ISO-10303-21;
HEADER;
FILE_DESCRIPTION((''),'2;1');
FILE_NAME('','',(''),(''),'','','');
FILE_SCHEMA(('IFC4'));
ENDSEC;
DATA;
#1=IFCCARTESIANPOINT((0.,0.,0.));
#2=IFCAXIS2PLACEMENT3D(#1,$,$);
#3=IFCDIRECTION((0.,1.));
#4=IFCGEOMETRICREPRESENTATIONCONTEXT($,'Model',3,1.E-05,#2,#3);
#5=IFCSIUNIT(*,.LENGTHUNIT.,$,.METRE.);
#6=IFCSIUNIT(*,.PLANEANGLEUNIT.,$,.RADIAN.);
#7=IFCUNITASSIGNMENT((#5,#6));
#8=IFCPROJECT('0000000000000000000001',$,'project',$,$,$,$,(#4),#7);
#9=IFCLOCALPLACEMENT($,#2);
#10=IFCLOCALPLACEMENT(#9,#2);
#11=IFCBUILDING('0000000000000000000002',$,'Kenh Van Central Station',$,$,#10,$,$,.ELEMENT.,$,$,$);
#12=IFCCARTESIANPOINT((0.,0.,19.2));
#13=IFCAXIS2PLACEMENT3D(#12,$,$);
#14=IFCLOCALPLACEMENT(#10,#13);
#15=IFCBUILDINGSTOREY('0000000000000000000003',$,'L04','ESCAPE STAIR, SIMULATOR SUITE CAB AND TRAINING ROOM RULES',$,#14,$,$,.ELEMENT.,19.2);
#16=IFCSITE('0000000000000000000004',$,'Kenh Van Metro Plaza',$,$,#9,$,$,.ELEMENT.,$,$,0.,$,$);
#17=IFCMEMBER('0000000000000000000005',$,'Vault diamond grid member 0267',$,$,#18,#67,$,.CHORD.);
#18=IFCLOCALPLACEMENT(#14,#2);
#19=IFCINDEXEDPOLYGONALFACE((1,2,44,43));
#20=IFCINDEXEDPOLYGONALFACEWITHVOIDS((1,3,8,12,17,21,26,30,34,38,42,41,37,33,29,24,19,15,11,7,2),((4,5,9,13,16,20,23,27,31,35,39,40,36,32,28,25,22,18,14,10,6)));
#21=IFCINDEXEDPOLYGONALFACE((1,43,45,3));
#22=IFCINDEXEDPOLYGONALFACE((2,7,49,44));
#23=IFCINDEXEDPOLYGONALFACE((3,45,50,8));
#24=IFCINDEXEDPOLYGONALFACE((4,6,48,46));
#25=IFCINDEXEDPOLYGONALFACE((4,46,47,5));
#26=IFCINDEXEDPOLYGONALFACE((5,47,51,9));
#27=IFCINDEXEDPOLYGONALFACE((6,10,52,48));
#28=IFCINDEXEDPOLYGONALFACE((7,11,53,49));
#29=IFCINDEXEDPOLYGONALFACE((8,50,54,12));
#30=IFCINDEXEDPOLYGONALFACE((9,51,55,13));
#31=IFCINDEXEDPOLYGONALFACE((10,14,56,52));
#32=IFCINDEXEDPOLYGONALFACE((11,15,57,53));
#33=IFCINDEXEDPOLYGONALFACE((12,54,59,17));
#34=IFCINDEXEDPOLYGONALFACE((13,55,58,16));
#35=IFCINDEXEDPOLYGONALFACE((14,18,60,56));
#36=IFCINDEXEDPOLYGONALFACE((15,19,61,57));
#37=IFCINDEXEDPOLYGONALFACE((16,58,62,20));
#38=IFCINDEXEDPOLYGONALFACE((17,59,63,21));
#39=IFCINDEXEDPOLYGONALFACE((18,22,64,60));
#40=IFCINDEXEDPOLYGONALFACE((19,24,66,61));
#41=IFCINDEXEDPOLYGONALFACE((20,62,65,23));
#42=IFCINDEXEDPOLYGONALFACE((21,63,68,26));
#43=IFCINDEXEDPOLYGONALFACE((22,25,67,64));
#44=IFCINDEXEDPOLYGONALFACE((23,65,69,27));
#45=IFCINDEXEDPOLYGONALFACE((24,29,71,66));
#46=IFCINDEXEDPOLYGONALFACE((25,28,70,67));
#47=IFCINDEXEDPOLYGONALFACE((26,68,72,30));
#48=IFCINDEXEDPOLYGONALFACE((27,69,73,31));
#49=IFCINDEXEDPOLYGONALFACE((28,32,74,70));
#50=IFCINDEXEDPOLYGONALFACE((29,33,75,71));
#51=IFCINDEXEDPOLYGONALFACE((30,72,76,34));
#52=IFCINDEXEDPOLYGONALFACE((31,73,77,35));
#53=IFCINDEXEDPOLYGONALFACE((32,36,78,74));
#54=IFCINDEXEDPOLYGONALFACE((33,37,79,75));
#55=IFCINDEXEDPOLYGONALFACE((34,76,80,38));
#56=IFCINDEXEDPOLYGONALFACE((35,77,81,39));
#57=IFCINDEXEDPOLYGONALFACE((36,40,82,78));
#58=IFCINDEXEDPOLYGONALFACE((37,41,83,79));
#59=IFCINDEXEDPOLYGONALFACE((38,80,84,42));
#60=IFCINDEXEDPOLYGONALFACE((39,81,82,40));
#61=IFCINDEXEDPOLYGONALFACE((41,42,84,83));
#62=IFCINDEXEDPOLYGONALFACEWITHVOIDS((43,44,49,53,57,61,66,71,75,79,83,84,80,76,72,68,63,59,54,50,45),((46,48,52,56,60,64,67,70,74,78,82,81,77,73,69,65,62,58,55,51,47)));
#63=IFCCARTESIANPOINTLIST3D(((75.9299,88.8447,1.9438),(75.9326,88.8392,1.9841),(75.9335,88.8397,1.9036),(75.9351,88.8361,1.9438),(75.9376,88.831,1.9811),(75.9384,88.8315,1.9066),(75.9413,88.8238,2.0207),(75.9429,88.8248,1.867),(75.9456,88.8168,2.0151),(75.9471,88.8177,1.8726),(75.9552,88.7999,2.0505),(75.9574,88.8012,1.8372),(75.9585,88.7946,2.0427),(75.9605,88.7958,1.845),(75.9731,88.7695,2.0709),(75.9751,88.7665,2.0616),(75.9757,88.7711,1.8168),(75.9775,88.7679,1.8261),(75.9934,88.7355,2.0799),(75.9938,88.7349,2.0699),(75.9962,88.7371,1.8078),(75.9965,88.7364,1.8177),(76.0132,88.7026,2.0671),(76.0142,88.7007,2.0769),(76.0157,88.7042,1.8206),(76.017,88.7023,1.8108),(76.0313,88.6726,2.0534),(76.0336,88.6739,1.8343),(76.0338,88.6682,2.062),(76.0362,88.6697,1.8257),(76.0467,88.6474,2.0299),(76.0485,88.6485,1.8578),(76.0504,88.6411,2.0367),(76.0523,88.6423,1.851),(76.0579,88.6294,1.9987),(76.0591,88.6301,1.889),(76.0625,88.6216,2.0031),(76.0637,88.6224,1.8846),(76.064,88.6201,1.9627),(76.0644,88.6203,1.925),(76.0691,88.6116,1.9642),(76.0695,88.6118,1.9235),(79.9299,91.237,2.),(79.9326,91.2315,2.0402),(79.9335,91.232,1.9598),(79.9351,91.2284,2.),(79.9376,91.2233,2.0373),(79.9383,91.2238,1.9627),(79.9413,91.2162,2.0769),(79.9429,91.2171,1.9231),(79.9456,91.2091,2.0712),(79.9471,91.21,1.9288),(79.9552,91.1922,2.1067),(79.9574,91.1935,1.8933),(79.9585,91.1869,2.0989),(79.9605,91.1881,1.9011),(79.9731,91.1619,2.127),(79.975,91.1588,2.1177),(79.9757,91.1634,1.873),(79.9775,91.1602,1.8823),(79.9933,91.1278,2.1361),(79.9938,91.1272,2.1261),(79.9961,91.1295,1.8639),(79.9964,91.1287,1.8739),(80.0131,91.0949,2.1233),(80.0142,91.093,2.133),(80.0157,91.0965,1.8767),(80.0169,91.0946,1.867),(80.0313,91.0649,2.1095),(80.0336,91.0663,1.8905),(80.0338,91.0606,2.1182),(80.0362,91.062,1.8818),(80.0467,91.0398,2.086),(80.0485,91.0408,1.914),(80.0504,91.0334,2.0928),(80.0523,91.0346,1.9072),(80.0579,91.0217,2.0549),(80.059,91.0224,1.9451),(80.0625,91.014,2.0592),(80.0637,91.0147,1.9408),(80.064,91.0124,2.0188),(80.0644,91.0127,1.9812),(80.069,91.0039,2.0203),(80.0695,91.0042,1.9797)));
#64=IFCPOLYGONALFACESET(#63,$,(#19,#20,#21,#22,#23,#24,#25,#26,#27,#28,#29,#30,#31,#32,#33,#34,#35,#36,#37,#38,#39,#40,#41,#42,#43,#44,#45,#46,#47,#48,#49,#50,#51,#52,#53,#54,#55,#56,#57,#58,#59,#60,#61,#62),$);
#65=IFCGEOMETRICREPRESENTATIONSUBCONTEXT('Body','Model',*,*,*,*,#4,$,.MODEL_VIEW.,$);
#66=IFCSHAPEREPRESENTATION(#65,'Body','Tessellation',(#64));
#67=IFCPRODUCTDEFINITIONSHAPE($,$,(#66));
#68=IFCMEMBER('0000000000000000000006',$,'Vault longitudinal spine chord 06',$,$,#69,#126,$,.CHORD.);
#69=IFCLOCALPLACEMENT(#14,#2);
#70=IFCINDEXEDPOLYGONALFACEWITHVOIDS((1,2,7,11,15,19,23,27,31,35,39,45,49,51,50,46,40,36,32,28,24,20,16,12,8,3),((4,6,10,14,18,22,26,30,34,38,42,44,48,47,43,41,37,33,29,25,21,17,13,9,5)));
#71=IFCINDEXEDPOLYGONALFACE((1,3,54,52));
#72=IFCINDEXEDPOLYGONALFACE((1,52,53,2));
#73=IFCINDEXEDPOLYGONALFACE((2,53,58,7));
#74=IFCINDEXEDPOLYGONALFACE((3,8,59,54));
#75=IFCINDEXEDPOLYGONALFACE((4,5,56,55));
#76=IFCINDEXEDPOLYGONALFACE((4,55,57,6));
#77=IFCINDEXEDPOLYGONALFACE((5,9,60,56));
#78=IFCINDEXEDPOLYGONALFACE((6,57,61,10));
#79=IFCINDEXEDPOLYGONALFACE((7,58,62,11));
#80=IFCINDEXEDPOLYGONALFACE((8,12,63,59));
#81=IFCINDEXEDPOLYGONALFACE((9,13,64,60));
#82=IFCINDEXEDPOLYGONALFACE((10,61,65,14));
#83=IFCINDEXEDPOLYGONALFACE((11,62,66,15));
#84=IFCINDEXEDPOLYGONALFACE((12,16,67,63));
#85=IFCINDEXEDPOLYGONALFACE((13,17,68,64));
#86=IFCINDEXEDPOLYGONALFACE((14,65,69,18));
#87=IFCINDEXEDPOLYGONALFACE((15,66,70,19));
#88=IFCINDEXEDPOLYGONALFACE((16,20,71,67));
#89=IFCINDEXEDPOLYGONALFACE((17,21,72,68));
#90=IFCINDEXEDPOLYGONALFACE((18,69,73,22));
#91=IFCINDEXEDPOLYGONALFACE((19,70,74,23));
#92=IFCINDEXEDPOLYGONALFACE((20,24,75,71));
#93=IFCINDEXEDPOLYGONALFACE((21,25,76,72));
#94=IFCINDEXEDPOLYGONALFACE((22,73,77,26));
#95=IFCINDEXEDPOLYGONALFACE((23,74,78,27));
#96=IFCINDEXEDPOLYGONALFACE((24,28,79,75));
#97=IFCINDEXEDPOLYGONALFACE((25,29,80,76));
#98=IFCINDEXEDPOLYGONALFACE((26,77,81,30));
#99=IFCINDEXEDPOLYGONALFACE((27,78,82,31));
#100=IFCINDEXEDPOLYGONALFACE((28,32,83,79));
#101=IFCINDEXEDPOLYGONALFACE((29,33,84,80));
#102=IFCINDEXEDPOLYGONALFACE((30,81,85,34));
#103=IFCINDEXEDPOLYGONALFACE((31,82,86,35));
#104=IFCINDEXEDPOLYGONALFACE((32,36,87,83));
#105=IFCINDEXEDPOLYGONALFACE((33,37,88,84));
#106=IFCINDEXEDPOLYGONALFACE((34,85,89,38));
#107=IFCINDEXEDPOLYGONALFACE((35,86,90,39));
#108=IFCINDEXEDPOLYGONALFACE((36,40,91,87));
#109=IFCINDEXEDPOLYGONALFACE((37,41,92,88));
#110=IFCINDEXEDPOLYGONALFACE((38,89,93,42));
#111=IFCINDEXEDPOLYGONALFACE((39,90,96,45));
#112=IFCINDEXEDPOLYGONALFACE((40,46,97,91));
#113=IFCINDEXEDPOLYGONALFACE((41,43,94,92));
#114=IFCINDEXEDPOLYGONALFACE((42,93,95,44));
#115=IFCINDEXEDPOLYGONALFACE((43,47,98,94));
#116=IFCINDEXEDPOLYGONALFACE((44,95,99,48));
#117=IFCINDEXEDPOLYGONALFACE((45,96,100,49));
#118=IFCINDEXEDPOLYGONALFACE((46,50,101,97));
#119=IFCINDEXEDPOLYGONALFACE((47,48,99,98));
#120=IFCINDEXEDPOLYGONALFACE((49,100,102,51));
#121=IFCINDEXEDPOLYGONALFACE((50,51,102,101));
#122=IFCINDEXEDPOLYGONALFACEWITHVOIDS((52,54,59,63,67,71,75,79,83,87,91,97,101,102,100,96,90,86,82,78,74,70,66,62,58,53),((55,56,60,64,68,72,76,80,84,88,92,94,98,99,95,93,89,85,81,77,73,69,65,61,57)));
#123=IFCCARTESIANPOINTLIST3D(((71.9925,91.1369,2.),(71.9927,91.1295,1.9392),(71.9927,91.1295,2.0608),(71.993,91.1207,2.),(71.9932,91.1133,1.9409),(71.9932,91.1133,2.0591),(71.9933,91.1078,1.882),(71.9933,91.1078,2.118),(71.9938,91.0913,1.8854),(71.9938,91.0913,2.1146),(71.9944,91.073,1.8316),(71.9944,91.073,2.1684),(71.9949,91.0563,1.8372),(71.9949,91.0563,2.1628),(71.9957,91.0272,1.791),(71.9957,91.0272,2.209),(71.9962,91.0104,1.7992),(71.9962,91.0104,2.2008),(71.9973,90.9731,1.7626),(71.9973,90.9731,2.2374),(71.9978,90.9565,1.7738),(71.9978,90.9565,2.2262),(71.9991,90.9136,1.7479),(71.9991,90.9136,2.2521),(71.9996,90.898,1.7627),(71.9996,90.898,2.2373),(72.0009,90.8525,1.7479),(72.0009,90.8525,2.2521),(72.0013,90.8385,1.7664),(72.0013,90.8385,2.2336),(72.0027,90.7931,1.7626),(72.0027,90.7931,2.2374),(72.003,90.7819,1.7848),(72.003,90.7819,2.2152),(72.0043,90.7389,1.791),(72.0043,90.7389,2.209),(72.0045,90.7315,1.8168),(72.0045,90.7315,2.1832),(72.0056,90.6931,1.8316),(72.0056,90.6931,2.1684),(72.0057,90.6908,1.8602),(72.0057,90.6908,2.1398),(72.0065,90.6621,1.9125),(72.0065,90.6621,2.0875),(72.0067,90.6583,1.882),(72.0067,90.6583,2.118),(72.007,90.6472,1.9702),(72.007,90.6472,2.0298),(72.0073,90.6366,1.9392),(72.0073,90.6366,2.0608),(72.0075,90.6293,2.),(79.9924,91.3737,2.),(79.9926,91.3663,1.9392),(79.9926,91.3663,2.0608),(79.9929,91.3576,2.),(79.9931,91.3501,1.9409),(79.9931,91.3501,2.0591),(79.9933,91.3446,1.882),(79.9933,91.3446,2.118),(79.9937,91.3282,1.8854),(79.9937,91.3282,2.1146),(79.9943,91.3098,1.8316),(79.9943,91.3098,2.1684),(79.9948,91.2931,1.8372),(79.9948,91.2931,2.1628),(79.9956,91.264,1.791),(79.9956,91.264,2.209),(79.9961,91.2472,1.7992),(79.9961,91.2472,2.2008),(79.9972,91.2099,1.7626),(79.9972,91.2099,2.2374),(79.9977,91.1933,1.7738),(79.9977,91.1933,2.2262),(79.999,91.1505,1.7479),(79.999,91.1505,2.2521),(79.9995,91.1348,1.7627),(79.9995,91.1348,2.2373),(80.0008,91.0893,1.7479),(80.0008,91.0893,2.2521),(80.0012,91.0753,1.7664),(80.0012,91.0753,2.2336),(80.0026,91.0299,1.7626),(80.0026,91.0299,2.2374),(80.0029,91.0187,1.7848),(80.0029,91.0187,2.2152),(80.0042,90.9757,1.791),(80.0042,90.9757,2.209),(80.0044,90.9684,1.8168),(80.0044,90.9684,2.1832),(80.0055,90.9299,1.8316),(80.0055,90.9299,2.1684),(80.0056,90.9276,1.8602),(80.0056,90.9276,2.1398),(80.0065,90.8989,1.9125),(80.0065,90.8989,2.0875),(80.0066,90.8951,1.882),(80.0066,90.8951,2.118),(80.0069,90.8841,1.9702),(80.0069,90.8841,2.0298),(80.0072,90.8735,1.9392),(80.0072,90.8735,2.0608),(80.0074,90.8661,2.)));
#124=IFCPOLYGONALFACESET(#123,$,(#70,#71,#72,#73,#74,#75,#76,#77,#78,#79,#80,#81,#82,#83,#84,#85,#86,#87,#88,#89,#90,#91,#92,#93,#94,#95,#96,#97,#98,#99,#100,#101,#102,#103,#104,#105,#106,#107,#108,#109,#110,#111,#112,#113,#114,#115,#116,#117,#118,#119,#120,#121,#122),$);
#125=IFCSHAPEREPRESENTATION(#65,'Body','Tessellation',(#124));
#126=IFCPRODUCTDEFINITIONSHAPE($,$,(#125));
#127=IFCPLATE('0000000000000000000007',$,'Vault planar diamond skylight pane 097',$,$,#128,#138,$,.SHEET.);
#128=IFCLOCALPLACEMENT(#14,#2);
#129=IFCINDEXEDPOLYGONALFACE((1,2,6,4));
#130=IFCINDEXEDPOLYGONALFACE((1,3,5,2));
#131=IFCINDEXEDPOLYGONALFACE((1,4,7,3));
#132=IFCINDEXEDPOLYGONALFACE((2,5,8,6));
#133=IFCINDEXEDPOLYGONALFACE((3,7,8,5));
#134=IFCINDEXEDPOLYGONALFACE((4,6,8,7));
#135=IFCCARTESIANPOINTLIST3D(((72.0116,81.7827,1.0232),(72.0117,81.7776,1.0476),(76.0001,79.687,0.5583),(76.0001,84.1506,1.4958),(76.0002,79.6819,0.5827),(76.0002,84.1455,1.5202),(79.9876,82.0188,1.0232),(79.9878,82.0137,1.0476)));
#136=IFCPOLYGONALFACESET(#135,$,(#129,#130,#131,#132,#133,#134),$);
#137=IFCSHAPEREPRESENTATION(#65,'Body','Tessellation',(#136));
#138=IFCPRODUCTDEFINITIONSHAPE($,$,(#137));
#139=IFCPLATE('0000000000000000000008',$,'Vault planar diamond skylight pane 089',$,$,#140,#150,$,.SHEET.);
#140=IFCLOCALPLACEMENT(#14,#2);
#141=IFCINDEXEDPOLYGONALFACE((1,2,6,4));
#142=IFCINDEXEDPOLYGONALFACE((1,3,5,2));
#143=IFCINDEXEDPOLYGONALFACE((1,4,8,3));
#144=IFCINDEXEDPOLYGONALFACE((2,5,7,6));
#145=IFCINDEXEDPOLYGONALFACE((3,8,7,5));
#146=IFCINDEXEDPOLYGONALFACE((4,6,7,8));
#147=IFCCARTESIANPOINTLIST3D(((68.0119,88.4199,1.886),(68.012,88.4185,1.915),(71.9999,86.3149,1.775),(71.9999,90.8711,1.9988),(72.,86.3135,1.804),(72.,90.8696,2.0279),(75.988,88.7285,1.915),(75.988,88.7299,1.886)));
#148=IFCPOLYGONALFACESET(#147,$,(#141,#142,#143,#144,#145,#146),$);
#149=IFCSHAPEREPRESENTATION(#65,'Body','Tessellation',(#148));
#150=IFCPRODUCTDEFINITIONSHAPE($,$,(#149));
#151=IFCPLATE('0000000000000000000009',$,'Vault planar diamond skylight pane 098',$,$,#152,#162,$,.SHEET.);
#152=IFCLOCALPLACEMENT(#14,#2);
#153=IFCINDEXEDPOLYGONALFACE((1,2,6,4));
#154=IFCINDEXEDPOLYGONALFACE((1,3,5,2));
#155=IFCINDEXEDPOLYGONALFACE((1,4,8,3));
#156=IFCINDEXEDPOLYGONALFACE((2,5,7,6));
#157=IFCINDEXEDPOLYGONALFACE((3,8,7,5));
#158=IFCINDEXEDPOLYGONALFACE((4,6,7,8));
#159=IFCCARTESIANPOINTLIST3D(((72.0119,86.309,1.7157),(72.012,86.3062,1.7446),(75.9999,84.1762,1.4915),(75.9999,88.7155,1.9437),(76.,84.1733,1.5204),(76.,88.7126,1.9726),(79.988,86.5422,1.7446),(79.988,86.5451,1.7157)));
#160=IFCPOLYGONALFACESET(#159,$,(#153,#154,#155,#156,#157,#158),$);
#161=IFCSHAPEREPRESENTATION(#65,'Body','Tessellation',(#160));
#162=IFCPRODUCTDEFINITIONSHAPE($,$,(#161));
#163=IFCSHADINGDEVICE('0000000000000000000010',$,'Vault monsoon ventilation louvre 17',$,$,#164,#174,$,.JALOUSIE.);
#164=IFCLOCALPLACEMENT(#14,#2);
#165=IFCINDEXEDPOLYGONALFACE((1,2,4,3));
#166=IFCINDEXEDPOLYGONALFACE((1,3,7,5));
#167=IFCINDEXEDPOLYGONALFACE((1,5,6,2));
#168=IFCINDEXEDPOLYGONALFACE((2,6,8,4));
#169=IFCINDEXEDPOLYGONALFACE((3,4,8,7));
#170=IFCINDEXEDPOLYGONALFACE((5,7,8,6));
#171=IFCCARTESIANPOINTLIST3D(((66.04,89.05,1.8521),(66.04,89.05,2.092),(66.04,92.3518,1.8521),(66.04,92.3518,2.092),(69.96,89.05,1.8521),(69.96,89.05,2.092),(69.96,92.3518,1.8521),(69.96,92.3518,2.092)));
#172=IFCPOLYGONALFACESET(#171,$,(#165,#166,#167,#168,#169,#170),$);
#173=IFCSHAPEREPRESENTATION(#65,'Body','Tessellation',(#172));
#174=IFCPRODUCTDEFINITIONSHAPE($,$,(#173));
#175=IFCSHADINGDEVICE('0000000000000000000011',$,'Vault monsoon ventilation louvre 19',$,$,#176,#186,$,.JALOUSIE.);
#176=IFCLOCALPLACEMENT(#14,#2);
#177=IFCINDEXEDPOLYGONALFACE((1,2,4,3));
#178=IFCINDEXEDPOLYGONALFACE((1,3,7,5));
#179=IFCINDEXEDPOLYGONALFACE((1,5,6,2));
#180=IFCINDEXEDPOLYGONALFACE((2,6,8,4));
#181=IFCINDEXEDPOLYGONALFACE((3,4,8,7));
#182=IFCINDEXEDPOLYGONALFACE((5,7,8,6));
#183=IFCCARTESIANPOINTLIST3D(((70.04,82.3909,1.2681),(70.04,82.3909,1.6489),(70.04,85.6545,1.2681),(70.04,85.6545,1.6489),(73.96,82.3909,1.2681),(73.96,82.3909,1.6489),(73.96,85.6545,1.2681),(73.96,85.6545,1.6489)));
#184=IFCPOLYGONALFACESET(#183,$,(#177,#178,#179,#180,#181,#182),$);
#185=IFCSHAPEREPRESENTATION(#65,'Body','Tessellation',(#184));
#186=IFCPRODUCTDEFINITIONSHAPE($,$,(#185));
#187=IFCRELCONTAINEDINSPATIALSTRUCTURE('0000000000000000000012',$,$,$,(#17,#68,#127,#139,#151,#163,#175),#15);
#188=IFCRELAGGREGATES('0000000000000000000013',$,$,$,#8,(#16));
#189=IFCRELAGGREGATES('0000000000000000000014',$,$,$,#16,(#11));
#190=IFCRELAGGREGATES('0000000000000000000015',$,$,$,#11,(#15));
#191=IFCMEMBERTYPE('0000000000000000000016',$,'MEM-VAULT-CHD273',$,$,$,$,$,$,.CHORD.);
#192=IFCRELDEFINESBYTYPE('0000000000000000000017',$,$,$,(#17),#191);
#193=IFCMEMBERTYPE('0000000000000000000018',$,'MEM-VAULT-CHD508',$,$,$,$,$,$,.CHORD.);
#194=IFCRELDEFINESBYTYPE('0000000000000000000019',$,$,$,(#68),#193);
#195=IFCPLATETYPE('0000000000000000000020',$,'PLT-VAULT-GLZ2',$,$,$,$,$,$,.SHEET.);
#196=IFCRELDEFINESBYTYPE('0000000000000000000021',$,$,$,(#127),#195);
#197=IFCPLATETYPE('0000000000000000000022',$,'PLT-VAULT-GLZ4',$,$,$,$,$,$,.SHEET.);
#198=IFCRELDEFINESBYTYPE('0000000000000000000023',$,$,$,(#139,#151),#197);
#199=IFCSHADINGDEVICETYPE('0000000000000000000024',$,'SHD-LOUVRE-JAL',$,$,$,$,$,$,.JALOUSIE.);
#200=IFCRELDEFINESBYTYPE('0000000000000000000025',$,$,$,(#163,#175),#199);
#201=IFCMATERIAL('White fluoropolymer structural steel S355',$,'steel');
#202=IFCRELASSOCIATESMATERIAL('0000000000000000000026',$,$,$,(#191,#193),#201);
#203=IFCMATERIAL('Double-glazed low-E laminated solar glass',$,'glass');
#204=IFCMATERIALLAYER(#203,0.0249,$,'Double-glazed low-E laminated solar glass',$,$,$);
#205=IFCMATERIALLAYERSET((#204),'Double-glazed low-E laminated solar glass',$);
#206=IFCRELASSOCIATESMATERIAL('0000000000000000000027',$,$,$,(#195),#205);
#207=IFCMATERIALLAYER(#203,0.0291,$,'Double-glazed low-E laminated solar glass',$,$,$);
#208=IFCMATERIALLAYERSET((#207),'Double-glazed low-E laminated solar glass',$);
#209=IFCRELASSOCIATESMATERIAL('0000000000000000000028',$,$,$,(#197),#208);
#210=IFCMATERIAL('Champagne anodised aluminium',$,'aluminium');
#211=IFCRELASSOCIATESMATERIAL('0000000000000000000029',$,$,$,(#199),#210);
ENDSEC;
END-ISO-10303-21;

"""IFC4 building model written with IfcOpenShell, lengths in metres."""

from ifc_helpers import new_model, si_unit, direction, frame, origin, origin_2d, place, context, subcontext, project, spatial, polyline, rectangle, hollow_circle, outline, extrude, material, layer, layer_set, material_profile, profile_set, type_object, element, save


model = new_model("IFC4")

# Units and contexts
model_context = context("Model", 3, precision=1e-05, world=origin(), true_north=direction((0.0, 1.0)))
body_context = subcontext(model_context, "Body", "Model", "MODEL_VIEW")
ifc_project = project(units=[si_unit("LENGTHUNIT", "METRE"), si_unit("PLANEANGLEUNIT", "RADIAN")], contexts=[model_context])

# Site, building, storey
site_placement = place(None, origin())
site = spatial("IfcSite", under=ifc_project, at=site_placement, Name="Kenh Van Metro Plaza", CompositionType="ELEMENT", RefElevation=0.0)
building_placement = place(site_placement, origin())
building = spatial("IfcBuilding", under=site, at=building_placement, Name="Kenh Van Central Station", CompositionType="ELEMENT")
storey_placement = place(building_placement, frame((0.0, 0.0, 19.2)))
storey = spatial("IfcBuildingStorey", under=building, at=storey_placement, Name="L04", Description="ESCAPE STAIR, SIMULATOR SUITE CAB AND TRAINING ROOM RULES", CompositionType="ELEMENT", Elevation=19.2)

# Shared definitions
ifc_material_1 = material(Name="White fluoropolymer structural steel S355", Category="steel")

# Members
ifc_material_profile_1 = material_profile(ifc_material_1, hollow_circle(Radius=0.1365, WallThickness=0.01, at=origin_2d()), Name="CHS 273x10")
ifc_profile_set_1 = profile_set([ifc_material_profile_1], Name="White fluoropolymer structural steel S355")
member_type_1 = type_object("IfcMemberType", Name="MEM-VAULT-CHD273", PredefinedType="CHORD", material=ifc_profile_set_1)
member_1_placement = place(storey_placement, frame((76.0, 88.7275, 1.9438), z_axis=(0.858155, 0.513249, 0.012047), x_axis=(-0.513286, 0.858218, 0.0)))
element("IfcMember", 1, at=member_1_placement, inside=storey, type_object=member_type_1, Name="Vault diamond grid member 0267", PredefinedType="CHORD", context=body_context, shape_type="SweptSolid", body=[
    extrude(hollow_circle(Radius=0.1365, WallThickness=0.01, at=origin_2d()), origin(), (0.0, 0.0, 1.0), 4.6611),
])
ifc_material_profile_2 = material_profile(ifc_material_1, hollow_circle(Radius=0.2539, WallThickness=0.0161, at=origin_2d()), Name="CHS 508x16")
ifc_profile_set_2 = profile_set([ifc_material_profile_2], Name="White fluoropolymer structural steel S355")
member_type_2 = type_object("IfcMemberType", Name="MEM-VAULT-CHD508", PredefinedType="CHORD", material=ifc_profile_set_2)
member_2_placement = place(storey_placement, frame((72.0, 90.8831, 2.0), z_axis=(0.999562, 0.029589, 0.0), x_axis=(-0.029589, 0.999562, 0.0)))
element("IfcMember", 2, at=member_2_placement, inside=storey, type_object=member_type_2, Name="Vault longitudinal spine chord 06", PredefinedType="CHORD", context=body_context, shape_type="SweptSolid", body=[
    extrude(hollow_circle(Radius=0.2539, WallThickness=0.0161, at=origin_2d()), origin(), (0.0, 0.0, 1.0), 8.0034),
])

# Plates
ifc_material_2 = material(Name="Double-glazed low-E laminated solar glass", Category="glass")
ifc_layer_1 = layer(ifc_material_2, 0.0249, Name="Double-glazed low-E laminated solar glass")
ifc_layer_set_1 = layer_set([ifc_layer_1], Name="Double-glazed low-E laminated solar glass")
plate_type_1 = type_object("IfcPlateType", Name="PLT-VAULT-GLZ2", PredefinedType="SHEET", material=ifc_layer_set_1)
plate_1_placement = place(storey_placement, frame((72.0117, 81.7776, 1.0476), z_axis=(0.006084, -0.205543, 0.978629), x_axis=(0.880566, -0.462673, -0.10265)))
element("IfcPlate", 3, at=plate_1_placement, inside=storey, type_object=plate_type_1, Name="Vault planar diamond skylight pane 097", PredefinedType="SHEET", context=body_context, shape_type="SweptSolid", body=[
    extrude(outline(polyline([(0.0, 0.0), (4.5295, 0.0), (6.9142, 3.9833), (2.3681, 4.0163), (0.0, 0.0)])), origin(), (0.0, 0.0, -1.0), 0.0249),
])
ifc_layer_2 = layer(ifc_material_2, 0.0291, Name="Double-glazed low-E laminated solar glass")
ifc_layer_set_2 = layer_set([ifc_layer_2], Name="Double-glazed low-E laminated solar glass")
plate_type_2 = type_object("IfcPlateType", Name="PLT-VAULT-GLZ4", PredefinedType="SHEET", material=ifc_layer_set_2)
plate_2_placement = place(storey_placement, frame((68.012, 88.4185, 1.915), z_axis=(0.001908, -0.049078, 0.998793), x_axis=(0.884101, -0.466647, -0.024619)))
element("IfcPlate", 4, at=plate_2_placement, inside=storey, type_object=plate_type_2, Name="Vault planar diamond skylight pane 089", PredefinedType="SHEET", context=body_context, shape_type="SweptSolid", body=[
    extrude(outline(polyline([(0.0, 0.0), (4.5108, 0.0), (6.907, 4.001), (2.3792, 4.033), (0.0, 0.0)])), origin(), (0.0, 0.0, -1.0), 0.0291),
])
plate_3_placement = place(storey_placement, frame((72.012, 86.3062, 1.7446), z_axis=(0.002934, -0.099116, 0.995072), x_axis=(0.880731, -0.471021, -0.049514)))
element("IfcPlate", 5, at=plate_3_placement, inside=storey, type_object=plate_type_2, Name="Vault planar diamond skylight pane 098", PredefinedType="SHEET", context=body_context, shape_type="SweptSolid", body=[
    extrude(outline(polyline([(0.0, 0.0), (4.5281, 0.0), (6.9136, 3.9845), (2.3676, 4.0177), (0.0, 0.0)])), origin(), (0.0, 0.0, -1.0), 0.0291),
])

# Shading devices
ifc_material_3 = material(Name="Champagne anodised aluminium", Category="aluminium")
shading_device_type = type_object("IfcShadingDeviceType", Name="SHD-LOUVRE-JAL", PredefinedType="JALOUSIE", material=ifc_material_3)
shading_device_1_placement = place(storey_placement, frame((68.0, 90.7009, 1.8521), z_axis=(0.0, 0.0, 1.0), x_axis=(1.0, 0.0, 0.0)))
element("IfcShadingDevice", 6, at=shading_device_1_placement, inside=storey, type_object=shading_device_type, Name="Vault monsoon ventilation louvre 17", PredefinedType="JALOUSIE", context=body_context, shape_type="SweptSolid", body=[
    extrude(rectangle(XDim=3.9199, YDim=3.3018, at=origin_2d()), origin(), (0.0, 0.0, 1.0), 0.24),
])
shading_device_2_placement = place(storey_placement, frame((72.0, 84.0227, 1.2681), z_axis=(0.0, 0.0, 1.0), x_axis=(1.0, 0.0, 0.0)))
element("IfcShadingDevice", 7, at=shading_device_2_placement, inside=storey, type_object=shading_device_type, Name="Vault monsoon ventilation louvre 19", PredefinedType="JALOUSIE", context=body_context, shape_type="SweptSolid", body=[
    extrude(rectangle(XDim=3.9199, YDim=3.2637, at=origin_2d()), origin(), (0.0, 0.0, 1.0), 0.3809),
])

save(model, "model.ifc")
